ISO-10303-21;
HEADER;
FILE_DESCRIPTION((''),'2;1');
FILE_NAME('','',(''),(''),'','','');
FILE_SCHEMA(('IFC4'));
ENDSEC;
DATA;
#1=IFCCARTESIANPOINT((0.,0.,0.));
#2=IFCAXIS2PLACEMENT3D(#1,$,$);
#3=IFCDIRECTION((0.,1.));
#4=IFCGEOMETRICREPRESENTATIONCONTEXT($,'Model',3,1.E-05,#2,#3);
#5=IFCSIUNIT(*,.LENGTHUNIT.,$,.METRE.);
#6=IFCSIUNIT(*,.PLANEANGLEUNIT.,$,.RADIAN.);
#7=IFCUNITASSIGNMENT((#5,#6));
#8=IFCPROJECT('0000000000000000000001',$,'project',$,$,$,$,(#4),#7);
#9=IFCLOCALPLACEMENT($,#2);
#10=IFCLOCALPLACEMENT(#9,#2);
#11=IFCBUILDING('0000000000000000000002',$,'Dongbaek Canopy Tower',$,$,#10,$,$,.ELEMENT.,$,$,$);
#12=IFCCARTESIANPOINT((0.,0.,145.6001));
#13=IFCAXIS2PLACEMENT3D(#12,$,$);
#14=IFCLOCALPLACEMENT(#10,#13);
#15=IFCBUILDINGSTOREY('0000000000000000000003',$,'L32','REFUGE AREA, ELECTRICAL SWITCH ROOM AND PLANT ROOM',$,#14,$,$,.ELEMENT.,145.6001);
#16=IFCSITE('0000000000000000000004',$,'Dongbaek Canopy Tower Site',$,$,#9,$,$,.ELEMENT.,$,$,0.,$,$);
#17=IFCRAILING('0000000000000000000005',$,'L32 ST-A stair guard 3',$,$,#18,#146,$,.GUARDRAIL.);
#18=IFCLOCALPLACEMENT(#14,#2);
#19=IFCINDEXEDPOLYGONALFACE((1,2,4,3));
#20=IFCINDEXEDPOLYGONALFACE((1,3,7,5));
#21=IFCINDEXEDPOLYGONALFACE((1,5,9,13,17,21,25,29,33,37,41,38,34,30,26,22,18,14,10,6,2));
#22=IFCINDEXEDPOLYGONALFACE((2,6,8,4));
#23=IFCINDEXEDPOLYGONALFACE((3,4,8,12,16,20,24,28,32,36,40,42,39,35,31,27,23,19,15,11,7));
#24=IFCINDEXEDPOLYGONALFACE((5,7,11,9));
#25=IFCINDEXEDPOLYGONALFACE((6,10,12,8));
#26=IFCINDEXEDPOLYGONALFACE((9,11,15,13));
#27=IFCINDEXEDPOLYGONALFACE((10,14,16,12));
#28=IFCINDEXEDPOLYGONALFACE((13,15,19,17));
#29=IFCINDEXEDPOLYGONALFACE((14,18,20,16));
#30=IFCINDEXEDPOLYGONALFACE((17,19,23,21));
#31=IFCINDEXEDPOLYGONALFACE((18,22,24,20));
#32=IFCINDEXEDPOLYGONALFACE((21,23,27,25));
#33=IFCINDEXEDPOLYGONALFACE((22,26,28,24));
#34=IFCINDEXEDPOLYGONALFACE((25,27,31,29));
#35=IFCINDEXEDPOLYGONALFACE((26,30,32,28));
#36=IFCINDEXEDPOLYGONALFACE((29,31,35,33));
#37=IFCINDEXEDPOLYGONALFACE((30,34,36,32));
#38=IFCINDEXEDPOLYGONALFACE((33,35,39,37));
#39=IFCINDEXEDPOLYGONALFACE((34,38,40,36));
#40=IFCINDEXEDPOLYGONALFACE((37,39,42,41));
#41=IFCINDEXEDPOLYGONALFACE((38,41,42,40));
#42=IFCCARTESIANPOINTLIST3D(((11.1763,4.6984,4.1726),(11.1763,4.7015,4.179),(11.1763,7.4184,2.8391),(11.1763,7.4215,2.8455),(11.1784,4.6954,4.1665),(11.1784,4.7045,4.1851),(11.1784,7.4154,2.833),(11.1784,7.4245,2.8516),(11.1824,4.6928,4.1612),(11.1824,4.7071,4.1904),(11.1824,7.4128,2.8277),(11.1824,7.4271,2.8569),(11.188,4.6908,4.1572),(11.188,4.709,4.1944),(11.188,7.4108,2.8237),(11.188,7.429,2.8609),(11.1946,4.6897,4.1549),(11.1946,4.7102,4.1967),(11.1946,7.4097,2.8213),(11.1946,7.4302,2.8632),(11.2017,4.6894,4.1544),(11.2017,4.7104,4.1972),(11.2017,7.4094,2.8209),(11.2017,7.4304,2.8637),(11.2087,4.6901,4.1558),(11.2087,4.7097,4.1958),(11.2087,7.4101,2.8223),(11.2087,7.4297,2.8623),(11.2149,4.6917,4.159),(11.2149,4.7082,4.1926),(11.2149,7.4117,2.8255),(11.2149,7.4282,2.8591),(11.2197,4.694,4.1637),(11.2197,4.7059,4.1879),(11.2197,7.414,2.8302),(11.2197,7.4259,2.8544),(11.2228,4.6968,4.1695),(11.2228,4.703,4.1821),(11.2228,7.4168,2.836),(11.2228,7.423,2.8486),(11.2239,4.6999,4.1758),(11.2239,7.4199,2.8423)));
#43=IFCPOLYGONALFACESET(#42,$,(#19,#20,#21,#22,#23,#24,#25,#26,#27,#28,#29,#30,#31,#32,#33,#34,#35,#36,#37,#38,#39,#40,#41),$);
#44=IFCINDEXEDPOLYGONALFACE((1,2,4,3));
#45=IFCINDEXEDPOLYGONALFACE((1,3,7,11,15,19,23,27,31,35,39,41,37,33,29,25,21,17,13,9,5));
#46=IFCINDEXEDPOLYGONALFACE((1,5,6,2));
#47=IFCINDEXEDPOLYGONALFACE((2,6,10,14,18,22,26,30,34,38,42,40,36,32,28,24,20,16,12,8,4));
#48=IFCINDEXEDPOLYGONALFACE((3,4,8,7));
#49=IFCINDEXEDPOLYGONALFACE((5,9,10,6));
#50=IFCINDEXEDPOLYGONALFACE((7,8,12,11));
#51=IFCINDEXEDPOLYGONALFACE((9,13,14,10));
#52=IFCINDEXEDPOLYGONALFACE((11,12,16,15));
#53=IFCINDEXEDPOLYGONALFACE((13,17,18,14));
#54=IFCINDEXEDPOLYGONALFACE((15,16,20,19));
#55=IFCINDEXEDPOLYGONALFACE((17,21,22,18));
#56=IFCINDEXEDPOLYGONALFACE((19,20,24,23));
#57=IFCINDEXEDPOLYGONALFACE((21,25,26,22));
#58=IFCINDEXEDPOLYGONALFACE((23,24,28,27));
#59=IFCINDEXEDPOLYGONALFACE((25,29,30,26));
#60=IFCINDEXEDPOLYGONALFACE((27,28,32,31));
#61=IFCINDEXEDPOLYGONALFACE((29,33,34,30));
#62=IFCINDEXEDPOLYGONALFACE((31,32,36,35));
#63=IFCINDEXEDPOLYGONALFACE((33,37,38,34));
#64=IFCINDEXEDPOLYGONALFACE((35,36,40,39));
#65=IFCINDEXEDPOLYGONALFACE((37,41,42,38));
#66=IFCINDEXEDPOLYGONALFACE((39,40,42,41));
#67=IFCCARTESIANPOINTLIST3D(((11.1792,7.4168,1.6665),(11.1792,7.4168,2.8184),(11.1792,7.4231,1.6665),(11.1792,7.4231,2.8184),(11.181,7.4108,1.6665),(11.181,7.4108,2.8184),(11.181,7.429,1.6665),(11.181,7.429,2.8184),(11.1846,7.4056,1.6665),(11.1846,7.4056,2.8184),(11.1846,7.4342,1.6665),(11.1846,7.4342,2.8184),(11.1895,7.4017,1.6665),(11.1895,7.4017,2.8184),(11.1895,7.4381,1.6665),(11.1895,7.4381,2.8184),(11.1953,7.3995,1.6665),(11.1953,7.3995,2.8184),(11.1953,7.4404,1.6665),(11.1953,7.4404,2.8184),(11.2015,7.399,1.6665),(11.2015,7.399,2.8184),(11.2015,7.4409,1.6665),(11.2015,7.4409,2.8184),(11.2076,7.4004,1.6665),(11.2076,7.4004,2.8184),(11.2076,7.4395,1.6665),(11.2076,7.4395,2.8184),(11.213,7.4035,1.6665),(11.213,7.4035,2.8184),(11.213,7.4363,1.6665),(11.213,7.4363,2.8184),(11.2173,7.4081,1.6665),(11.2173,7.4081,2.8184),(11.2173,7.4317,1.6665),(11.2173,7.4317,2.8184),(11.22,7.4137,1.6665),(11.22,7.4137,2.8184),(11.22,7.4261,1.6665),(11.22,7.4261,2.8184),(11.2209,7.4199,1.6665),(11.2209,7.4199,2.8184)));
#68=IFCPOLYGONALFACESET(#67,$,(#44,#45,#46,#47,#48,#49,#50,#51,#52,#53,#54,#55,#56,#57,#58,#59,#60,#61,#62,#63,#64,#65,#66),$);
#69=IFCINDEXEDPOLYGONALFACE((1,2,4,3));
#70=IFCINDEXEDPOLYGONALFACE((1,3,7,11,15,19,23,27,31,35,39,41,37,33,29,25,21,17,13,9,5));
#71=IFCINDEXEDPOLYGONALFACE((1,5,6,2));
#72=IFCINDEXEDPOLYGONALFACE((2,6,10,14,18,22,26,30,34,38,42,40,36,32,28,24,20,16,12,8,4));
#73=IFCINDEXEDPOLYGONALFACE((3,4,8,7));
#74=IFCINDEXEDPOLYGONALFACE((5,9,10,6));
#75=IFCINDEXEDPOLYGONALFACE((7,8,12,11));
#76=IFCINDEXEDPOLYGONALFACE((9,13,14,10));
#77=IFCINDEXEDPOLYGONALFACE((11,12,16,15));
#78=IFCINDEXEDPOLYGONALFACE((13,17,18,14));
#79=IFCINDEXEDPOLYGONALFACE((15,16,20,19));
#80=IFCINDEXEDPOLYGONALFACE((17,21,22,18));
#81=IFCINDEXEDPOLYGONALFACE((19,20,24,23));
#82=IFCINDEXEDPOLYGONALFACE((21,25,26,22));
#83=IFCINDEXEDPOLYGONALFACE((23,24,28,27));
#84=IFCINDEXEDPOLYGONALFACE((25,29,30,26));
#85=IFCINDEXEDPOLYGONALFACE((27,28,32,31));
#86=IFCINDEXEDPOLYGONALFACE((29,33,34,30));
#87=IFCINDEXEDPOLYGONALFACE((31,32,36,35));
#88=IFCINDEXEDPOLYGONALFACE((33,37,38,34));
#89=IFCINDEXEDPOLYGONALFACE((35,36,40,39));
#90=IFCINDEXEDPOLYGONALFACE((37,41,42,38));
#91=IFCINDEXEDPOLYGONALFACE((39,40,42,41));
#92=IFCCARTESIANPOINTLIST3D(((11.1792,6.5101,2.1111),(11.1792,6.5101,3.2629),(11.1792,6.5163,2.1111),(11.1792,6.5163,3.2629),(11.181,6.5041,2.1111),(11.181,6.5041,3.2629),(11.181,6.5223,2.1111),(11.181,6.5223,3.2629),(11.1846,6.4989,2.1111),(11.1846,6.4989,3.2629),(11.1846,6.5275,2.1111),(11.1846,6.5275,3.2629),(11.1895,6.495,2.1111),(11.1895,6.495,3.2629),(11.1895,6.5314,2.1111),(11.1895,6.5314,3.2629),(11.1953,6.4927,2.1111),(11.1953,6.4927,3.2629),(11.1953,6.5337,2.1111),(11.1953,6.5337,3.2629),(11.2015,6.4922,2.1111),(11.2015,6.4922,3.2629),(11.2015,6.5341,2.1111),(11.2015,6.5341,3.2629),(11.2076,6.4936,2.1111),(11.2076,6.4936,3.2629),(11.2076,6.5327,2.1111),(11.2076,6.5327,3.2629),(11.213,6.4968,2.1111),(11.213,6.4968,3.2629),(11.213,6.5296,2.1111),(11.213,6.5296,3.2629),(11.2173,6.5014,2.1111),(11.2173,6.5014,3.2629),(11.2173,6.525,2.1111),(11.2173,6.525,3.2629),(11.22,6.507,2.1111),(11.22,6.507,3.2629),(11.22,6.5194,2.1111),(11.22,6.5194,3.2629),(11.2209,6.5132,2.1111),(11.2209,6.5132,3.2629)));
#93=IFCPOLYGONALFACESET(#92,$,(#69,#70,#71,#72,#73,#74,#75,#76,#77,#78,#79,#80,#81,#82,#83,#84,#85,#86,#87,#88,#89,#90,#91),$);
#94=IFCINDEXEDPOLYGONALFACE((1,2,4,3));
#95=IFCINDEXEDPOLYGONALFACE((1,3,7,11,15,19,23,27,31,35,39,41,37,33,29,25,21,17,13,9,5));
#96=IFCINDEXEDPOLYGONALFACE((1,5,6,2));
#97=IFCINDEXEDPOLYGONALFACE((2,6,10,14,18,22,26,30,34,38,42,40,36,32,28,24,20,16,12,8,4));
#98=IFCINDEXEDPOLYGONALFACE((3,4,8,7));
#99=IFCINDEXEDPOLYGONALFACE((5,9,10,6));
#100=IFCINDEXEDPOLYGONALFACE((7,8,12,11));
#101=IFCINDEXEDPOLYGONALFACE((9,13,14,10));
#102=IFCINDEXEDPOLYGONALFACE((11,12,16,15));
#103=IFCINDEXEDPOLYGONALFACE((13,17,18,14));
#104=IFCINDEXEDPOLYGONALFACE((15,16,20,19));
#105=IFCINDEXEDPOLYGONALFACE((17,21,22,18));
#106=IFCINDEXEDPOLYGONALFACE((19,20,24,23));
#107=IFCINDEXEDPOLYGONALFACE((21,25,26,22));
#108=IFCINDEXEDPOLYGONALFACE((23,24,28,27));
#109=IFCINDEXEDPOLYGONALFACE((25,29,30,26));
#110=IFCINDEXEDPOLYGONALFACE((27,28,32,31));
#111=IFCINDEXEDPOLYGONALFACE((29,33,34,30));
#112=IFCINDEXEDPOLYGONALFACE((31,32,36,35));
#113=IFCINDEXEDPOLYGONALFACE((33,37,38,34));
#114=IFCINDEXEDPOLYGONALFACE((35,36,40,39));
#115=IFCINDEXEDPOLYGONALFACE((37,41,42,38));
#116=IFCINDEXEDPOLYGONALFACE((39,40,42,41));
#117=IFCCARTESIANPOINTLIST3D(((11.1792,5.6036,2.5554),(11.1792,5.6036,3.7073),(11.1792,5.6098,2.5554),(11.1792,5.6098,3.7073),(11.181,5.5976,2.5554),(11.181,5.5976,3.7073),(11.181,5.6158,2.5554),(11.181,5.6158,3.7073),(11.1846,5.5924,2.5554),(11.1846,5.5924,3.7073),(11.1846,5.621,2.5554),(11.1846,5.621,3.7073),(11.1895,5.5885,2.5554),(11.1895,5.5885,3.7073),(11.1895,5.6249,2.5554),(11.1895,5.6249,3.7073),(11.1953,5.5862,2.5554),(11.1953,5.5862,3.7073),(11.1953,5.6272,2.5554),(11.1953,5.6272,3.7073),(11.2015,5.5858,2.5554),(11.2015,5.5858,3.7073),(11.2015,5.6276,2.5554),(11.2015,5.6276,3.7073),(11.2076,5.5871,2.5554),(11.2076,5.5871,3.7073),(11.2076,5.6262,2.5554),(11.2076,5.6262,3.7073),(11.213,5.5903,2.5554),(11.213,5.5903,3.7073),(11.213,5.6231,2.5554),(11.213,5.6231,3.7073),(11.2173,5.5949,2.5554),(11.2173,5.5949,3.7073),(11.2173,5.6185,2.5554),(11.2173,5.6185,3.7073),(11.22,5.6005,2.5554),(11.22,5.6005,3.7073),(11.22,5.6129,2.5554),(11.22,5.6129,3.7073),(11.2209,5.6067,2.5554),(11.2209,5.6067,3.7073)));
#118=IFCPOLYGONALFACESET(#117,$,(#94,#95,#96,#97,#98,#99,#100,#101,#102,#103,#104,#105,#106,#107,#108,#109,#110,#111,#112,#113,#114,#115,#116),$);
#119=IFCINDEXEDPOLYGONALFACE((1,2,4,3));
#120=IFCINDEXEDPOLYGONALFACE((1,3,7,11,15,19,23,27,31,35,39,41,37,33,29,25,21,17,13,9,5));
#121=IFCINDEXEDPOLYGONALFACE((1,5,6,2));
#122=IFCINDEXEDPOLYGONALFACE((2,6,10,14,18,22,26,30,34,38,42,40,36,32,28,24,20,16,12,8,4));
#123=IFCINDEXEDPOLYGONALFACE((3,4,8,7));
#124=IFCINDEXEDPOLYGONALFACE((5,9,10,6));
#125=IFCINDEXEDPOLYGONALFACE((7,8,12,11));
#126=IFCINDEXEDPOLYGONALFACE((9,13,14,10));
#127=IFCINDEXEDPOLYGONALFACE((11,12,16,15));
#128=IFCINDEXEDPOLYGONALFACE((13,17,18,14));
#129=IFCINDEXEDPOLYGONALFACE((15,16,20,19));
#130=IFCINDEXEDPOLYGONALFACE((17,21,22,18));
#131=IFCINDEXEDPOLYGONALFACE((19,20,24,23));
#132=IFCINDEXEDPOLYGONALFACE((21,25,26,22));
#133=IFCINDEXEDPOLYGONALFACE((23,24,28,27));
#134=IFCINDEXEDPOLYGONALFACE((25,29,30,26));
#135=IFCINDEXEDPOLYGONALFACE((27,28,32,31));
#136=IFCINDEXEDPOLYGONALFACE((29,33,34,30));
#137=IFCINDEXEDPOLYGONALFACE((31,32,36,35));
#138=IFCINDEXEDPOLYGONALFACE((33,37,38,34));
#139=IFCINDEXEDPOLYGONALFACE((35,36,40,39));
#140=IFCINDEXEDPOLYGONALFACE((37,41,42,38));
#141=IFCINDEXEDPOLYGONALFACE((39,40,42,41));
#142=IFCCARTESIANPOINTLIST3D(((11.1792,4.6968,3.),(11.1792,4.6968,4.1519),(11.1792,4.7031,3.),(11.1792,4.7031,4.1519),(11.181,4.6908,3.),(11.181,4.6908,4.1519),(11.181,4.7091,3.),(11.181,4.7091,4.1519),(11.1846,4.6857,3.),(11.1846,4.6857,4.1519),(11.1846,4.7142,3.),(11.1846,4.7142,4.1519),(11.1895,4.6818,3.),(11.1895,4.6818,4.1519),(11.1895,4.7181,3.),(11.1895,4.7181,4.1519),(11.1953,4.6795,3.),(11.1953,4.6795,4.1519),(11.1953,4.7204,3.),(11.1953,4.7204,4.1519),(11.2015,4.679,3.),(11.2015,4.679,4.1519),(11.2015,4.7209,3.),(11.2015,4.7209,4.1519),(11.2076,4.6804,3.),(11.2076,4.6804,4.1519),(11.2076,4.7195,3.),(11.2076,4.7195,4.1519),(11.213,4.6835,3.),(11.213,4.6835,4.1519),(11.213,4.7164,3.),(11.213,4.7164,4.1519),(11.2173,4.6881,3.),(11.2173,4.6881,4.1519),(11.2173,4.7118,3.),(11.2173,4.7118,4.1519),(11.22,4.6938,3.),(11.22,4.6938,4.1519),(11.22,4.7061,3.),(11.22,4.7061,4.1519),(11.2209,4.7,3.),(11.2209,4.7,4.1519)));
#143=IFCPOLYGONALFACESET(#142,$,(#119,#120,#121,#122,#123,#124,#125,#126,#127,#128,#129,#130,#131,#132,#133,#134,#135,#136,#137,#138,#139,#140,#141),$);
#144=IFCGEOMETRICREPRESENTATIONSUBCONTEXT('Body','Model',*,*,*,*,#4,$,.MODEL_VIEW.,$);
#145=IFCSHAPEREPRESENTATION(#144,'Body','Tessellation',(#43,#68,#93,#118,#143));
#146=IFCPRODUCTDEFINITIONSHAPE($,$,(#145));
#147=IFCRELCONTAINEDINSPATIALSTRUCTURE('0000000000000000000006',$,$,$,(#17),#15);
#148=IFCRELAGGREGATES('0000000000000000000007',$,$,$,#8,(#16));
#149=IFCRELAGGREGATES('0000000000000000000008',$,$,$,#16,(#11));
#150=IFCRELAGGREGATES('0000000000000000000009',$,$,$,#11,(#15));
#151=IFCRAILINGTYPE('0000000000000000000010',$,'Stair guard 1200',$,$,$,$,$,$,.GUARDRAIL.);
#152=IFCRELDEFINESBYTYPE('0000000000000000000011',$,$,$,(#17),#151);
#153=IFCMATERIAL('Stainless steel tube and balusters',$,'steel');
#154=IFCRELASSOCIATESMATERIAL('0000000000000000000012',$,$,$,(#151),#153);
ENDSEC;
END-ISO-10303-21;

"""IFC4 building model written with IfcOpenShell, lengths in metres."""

from ifc_helpers import new_model, si_unit, direction, frame, origin, origin_2d, place, context, subcontext, project, spatial, circle, extrude, material, type_object, element, save


model = new_model("IFC4")

# Units and contexts
model_context = context("Model", 3, precision=1e-05, world=origin(), true_north=direction((0.0, 1.0)))
body_context = subcontext(model_context, "Body", "Model", "MODEL_VIEW")
ifc_project = project(units=[si_unit("LENGTHUNIT", "METRE"), si_unit("PLANEANGLEUNIT", "RADIAN")], contexts=[model_context])

# Site, building, storey
site_placement = place(None, origin())
site = spatial("IfcSite", under=ifc_project, at=site_placement, Name="Dongbaek Canopy Tower Site", CompositionType="ELEMENT", RefElevation=0.0)
building_placement = place(site_placement, origin())
building = spatial("IfcBuilding", under=site, at=building_placement, Name="Dongbaek Canopy Tower", CompositionType="ELEMENT")
storey_placement = place(building_placement, frame((0.0, 0.0, 145.6001)))
storey = spatial("IfcBuildingStorey", under=building, at=storey_placement, Name="L32", Description="REFUGE AREA, ELECTRICAL SWITCH ROOM AND PLANT ROOM", CompositionType="ELEMENT", Elevation=145.6001)

# Railing
ifc_material_1 = material(Name="Stainless steel tube and balusters", Category="steel")
railing_type_1 = type_object("IfcRailingType", Name="Stair guard 1200", PredefinedType="GUARDRAIL", material=ifc_material_1)
railing_1_placement = place(storey_placement, frame((11.2, 7.4199, 1.6665)))
element("IfcRailing", 1, at=railing_1_placement, inside=storey, type_object=railing_type_1, Name="L32 ST-A stair guard 3", PredefinedType="GUARDRAIL", context=body_context, shape_type="SweptSolid", body=[
    extrude(circle(Radius=0.0239, at=origin_2d()), frame((0.0, 0.0, 1.1758), z_axis=(0.0, -0.897898, 0.440204), x_axis=(1.0, 0.0, 0.0)), (0.0, 0.0, 1.0), 3.0293),
    extrude(circle(Radius=0.021, at=origin_2d()), origin(), (0.0, 0.0, 1.0), 1.1519),
    extrude(circle(Radius=0.021, at=origin_2d()), frame((0.0, -0.9067, 0.4446)), (0.0, 0.0, 1.0), 1.1519),
    extrude(circle(Radius=0.021, at=origin_2d()), frame((0.0, -1.8132, 0.8889)), (0.0, 0.0, 1.0), 1.1519),
    extrude(circle(Radius=0.021, at=origin_2d()), frame((0.0, -2.72, 1.3335)), (0.0, 0.0, 1.0), 1.1519),
])

save(model, "model.ifc")
